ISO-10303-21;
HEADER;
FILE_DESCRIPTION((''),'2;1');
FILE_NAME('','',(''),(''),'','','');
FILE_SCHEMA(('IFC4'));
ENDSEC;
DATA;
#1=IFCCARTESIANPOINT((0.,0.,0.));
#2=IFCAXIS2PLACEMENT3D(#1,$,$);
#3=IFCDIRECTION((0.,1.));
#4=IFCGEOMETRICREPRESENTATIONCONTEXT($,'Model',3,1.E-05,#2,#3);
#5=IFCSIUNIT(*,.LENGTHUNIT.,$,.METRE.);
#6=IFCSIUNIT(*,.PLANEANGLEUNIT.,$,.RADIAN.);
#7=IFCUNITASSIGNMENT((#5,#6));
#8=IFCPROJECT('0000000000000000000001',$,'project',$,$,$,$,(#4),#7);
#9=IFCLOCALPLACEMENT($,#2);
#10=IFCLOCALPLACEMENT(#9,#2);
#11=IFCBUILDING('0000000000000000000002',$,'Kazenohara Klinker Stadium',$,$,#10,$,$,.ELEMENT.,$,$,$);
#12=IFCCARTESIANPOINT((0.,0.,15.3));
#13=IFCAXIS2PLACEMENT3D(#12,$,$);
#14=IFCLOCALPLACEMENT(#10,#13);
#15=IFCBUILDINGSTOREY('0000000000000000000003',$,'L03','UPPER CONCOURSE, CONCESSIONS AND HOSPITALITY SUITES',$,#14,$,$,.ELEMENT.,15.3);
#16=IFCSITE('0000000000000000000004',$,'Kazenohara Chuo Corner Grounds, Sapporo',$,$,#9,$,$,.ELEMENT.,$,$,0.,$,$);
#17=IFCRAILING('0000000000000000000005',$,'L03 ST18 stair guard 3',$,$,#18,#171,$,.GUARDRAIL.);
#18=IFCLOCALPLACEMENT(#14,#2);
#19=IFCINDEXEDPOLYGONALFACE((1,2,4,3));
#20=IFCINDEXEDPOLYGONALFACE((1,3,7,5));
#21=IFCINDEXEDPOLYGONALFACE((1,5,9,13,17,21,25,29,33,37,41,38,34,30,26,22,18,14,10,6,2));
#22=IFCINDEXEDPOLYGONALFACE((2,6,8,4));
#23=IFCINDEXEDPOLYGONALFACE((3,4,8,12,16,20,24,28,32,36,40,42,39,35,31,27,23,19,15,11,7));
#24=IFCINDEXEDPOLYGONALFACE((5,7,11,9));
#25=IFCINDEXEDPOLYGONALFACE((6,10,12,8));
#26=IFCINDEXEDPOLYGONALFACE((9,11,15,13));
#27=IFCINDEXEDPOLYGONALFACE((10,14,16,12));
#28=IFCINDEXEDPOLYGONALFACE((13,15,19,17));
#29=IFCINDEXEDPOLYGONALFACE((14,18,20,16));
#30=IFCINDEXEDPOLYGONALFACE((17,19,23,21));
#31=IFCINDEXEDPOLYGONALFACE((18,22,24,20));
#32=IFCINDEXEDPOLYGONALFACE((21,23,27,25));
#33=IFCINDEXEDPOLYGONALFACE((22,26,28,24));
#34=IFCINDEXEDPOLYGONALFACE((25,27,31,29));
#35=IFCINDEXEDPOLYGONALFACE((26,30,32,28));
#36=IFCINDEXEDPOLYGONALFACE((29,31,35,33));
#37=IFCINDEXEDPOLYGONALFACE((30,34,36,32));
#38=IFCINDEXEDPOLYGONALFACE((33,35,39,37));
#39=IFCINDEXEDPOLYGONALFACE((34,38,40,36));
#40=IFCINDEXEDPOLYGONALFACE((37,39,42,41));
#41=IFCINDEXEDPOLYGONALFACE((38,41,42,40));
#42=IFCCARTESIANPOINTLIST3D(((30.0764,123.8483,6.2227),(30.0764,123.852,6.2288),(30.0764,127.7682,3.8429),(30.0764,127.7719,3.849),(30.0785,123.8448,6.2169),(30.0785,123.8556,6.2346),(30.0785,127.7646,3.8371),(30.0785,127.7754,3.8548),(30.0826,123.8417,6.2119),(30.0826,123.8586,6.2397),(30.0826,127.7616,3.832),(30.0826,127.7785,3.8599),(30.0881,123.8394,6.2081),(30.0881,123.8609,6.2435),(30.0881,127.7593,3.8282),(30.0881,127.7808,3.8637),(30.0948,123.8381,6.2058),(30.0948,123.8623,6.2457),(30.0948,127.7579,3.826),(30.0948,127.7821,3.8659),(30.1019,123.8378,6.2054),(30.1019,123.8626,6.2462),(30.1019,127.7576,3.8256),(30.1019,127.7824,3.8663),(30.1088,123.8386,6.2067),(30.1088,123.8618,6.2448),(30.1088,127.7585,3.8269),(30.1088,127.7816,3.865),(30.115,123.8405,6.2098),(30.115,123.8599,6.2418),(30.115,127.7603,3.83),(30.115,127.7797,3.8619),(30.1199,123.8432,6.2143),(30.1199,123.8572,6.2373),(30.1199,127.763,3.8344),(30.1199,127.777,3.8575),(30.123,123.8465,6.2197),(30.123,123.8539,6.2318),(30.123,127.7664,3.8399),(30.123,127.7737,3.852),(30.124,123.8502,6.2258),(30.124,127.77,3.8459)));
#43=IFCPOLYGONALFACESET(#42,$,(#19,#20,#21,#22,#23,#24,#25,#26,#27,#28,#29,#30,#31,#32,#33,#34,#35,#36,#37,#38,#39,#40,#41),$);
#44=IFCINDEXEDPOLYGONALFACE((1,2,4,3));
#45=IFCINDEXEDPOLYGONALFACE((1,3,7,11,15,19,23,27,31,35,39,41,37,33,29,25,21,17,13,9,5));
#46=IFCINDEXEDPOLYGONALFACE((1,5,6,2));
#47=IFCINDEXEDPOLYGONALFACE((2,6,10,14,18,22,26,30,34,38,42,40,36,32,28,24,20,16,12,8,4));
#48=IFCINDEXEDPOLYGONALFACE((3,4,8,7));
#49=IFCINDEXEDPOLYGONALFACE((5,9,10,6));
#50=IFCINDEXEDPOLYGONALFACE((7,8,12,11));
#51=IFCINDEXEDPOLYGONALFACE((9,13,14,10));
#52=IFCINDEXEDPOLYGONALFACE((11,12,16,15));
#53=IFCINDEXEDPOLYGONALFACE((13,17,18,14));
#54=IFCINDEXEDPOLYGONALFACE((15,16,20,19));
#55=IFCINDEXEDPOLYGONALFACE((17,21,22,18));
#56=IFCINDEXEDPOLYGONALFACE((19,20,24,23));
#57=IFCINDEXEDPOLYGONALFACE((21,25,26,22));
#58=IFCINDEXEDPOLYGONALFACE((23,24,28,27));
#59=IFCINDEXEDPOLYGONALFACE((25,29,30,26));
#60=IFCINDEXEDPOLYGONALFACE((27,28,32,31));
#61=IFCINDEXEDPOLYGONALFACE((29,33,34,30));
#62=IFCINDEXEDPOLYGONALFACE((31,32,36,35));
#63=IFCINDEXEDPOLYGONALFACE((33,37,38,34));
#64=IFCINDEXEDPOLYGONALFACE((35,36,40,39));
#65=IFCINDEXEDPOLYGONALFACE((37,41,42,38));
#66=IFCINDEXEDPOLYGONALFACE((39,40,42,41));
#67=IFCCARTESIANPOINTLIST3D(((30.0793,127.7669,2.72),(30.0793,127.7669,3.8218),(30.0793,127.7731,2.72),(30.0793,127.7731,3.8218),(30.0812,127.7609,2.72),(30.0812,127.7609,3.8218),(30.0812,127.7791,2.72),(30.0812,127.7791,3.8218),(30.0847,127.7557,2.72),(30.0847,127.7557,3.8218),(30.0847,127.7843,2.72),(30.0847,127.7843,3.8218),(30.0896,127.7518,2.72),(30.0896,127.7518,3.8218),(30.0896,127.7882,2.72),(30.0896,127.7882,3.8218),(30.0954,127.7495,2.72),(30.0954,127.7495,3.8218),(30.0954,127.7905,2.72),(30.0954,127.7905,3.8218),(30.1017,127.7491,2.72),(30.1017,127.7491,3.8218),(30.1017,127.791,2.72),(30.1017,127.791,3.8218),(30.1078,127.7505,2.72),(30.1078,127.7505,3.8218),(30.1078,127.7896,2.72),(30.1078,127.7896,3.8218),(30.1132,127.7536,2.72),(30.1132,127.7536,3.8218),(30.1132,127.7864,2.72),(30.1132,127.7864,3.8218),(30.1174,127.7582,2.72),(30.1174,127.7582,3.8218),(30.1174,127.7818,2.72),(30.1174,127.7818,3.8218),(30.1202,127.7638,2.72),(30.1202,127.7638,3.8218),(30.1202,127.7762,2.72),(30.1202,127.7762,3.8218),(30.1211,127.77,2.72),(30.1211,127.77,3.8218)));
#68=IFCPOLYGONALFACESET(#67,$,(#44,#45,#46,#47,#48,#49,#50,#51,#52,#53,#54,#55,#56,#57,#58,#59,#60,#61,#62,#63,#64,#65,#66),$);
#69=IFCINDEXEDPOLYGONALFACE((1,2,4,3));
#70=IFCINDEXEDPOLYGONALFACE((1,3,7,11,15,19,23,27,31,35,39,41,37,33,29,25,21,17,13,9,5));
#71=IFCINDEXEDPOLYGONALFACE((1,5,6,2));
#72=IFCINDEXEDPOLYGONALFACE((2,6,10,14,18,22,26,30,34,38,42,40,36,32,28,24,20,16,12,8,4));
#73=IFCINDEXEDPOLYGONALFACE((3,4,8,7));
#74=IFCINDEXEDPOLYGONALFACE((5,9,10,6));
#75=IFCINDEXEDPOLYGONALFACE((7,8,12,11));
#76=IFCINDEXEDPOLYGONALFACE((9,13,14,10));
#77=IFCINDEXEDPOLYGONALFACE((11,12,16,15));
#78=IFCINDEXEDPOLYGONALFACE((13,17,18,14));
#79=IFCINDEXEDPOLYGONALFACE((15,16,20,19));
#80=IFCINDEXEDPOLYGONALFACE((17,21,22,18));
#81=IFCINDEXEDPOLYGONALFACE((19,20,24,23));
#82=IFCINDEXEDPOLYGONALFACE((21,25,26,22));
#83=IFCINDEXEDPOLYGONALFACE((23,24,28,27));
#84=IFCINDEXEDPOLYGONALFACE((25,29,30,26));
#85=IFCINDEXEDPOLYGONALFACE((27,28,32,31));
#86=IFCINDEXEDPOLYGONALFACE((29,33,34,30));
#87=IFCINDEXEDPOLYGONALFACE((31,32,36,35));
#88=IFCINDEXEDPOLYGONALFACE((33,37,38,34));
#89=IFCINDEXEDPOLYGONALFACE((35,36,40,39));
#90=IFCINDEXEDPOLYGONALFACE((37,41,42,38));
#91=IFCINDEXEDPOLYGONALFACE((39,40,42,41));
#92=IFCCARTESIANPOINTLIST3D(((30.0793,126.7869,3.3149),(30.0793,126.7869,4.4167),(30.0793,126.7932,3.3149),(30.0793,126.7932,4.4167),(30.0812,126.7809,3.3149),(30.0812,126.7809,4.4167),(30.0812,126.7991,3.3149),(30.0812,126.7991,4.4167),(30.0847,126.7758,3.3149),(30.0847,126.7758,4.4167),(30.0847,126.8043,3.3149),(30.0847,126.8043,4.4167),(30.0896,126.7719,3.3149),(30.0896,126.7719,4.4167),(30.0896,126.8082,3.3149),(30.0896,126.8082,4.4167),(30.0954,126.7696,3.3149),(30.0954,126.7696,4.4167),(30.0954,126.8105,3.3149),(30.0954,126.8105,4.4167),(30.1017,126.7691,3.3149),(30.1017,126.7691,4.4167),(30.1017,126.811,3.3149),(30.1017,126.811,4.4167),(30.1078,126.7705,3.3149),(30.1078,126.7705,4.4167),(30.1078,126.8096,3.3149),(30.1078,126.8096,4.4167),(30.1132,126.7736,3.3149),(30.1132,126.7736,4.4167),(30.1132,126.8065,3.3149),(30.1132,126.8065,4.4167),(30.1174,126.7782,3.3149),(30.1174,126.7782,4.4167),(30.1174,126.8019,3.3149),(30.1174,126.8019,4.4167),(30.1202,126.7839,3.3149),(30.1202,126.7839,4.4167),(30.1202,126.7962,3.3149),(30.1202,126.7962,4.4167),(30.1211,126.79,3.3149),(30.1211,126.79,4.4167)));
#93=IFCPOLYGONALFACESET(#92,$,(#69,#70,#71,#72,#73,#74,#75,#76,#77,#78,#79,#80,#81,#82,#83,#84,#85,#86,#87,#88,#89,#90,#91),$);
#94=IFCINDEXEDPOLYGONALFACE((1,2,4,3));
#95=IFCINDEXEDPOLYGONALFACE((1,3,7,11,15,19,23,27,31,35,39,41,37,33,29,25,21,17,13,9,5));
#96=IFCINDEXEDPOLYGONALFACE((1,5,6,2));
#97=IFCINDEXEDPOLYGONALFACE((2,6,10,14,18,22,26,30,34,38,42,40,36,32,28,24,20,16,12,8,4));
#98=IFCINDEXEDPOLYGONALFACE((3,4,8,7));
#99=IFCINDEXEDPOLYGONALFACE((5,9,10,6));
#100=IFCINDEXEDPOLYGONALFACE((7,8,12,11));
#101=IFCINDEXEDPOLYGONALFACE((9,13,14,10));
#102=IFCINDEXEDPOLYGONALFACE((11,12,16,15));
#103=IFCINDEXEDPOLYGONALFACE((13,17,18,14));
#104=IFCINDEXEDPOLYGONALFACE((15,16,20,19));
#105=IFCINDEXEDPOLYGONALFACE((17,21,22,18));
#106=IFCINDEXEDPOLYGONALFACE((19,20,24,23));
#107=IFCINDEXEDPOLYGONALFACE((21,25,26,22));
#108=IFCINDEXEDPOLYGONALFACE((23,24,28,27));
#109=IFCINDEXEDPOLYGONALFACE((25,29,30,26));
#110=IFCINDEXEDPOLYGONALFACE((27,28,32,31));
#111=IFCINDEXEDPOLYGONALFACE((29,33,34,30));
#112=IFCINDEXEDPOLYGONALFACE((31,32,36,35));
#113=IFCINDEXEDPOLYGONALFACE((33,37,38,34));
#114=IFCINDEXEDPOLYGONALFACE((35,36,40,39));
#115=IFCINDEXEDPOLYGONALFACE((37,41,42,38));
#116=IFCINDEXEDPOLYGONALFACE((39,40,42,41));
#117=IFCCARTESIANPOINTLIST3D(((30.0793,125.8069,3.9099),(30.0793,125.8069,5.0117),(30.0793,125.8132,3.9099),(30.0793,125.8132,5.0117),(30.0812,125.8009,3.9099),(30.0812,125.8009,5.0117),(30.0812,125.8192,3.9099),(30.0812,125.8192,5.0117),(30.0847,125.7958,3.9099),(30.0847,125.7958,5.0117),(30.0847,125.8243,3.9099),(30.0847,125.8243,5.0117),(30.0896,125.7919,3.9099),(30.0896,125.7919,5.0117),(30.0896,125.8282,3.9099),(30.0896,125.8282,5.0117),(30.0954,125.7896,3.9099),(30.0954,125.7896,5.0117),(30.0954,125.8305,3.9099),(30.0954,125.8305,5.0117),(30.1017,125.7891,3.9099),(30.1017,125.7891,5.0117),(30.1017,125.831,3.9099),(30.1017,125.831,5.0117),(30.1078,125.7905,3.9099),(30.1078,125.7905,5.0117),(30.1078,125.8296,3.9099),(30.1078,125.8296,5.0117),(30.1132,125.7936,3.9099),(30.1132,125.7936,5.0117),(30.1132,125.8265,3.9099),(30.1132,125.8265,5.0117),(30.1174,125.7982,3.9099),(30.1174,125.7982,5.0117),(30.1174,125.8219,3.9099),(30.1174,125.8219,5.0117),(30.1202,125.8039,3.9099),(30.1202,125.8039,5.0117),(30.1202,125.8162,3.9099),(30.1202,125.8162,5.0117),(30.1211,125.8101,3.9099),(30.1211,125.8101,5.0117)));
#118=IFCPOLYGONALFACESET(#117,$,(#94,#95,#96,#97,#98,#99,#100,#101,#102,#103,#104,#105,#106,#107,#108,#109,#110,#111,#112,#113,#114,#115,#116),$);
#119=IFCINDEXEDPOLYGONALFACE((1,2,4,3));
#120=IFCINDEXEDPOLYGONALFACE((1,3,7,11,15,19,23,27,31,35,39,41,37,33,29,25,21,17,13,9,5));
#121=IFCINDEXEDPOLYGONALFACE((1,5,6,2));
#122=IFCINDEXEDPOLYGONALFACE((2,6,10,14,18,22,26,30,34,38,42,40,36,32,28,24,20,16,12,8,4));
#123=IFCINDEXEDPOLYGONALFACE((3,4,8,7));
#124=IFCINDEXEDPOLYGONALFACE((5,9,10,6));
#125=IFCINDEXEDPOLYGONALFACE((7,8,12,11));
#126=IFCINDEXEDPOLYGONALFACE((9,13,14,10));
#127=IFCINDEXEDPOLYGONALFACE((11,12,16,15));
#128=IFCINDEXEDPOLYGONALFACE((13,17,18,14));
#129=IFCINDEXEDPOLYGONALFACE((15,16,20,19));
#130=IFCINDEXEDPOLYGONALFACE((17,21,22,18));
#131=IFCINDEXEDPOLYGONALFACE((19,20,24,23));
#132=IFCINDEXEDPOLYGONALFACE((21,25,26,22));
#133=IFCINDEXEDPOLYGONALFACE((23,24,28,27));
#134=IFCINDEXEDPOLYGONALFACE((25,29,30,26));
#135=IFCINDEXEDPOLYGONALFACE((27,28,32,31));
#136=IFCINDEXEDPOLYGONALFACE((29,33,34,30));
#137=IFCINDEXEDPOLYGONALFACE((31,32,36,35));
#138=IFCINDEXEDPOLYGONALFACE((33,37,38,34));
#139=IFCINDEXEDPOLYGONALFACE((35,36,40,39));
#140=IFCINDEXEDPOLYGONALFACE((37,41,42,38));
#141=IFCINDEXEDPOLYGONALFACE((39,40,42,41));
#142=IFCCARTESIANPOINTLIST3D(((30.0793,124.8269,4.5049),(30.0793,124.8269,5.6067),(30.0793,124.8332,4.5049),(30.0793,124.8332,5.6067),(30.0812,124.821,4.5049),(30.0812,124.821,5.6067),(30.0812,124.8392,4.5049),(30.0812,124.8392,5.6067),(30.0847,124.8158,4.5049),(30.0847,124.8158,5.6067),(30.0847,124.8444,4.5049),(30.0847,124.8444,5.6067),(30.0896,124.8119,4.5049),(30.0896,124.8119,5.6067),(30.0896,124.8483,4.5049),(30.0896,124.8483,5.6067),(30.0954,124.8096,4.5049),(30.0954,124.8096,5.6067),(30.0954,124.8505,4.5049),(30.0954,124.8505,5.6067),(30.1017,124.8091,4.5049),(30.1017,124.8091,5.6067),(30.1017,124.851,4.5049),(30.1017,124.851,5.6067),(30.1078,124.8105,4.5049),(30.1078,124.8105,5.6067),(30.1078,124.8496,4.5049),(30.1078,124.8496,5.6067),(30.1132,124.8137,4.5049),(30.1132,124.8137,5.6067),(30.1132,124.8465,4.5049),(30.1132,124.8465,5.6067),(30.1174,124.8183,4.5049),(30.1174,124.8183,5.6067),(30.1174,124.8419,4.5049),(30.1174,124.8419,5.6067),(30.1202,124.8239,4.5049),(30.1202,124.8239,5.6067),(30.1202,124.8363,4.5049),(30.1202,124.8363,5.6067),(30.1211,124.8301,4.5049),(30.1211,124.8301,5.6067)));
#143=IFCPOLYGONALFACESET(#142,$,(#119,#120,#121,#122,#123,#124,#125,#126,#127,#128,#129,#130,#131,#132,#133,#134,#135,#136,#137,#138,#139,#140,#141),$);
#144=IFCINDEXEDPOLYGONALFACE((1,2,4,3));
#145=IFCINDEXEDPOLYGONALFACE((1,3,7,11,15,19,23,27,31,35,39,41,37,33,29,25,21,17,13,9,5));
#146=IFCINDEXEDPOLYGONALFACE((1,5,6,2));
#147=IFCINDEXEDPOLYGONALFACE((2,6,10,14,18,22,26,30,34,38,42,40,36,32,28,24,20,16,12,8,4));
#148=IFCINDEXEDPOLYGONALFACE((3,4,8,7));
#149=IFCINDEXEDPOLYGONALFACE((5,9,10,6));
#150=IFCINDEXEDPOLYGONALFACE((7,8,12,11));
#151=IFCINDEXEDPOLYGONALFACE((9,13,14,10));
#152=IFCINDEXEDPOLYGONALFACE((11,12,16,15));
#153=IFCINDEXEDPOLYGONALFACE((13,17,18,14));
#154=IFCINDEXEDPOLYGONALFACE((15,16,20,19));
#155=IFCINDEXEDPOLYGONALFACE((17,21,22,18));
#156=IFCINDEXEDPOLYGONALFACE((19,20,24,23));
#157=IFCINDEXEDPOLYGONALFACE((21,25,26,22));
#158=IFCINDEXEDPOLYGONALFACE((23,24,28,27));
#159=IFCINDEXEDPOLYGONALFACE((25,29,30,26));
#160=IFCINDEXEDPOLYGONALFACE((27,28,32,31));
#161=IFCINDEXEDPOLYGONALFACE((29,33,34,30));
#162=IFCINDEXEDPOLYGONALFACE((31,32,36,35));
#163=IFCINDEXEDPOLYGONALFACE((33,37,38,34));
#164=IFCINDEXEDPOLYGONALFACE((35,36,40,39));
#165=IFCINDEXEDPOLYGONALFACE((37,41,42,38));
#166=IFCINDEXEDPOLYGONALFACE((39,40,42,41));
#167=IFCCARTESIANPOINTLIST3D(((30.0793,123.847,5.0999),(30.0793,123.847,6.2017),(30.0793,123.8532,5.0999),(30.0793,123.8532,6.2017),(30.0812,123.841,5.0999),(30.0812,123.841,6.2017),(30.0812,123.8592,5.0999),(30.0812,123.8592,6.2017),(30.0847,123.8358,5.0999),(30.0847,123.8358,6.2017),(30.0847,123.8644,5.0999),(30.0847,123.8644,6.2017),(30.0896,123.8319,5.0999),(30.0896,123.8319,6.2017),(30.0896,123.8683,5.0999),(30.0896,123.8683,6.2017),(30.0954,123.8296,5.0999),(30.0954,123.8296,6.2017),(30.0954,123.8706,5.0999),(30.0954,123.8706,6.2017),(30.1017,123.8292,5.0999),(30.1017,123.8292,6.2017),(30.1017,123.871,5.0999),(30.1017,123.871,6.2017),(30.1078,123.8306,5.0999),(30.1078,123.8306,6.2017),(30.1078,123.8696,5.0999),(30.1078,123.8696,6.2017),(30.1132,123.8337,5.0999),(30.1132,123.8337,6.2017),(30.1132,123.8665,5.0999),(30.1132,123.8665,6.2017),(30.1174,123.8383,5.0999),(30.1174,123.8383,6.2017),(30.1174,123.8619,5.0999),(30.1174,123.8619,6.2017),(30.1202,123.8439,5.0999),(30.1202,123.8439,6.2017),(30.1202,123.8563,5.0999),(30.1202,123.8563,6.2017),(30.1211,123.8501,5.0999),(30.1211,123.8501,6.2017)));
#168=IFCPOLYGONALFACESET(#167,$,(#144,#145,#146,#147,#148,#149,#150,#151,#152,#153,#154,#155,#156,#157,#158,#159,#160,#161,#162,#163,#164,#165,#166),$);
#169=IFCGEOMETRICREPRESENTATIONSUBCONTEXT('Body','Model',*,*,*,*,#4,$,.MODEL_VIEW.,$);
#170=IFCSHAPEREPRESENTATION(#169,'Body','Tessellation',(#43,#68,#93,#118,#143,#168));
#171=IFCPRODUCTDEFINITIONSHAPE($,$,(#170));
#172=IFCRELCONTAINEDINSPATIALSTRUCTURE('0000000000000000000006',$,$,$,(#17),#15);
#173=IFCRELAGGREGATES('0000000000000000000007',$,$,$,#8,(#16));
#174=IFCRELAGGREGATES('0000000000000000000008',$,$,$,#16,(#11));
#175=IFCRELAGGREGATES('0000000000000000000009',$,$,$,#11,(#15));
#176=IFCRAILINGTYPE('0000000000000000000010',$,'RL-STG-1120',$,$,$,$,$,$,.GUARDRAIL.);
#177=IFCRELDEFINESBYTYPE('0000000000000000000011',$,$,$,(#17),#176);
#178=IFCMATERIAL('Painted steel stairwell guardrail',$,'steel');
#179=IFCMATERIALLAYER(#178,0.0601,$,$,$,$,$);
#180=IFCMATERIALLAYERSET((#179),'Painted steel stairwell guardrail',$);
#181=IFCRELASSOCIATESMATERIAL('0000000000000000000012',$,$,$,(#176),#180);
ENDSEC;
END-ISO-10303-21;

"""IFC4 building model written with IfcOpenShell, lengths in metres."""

from ifc_helpers import new_model, si_unit, direction, frame, origin, origin_2d, place, context, subcontext, project, spatial, circle, extrude, material, layer, layer_set, type_object, element, save


model = new_model("IFC4")

# Units and contexts
model_context = context("Model", 3, precision=1e-05, world=origin(), true_north=direction((0.0, 1.0)))
body_context = subcontext(model_context, "Body", "Model", "MODEL_VIEW")
ifc_project = project(units=[si_unit("LENGTHUNIT", "METRE"), si_unit("PLANEANGLEUNIT", "RADIAN")], contexts=[model_context])

# Site, building, storey
site_placement = place(None, origin())
site = spatial("IfcSite", under=ifc_project, at=site_placement, Name="Kazenohara Chuo Corner Grounds, Sapporo", CompositionType="ELEMENT", RefElevation=0.0)
building_placement = place(site_placement, origin())
building = spatial("IfcBuilding", under=site, at=building_placement, Name="Kazenohara Klinker Stadium", CompositionType="ELEMENT")
storey_placement = place(building_placement, frame((0.0, 0.0, 15.3)))
storey = spatial("IfcBuildingStorey", under=building, at=storey_placement, Name="L03", Description="UPPER CONCOURSE, CONCESSIONS AND HOSPITALITY SUITES", CompositionType="ELEMENT", Elevation=15.3)

# Railing
ifc_material_1 = material(Name="Painted steel stairwell guardrail", Category="steel")
ifc_layer_1 = layer(ifc_material_1, 0.0601)
ifc_layer_set_1 = layer_set([ifc_layer_1], Name="Painted steel stairwell guardrail")
railing_type_1 = type_object("IfcRailingType", Name="RL-STG-1120", PredefinedType="GUARDRAIL", material=ifc_layer_set_1)
railing_1_placement = place(storey_placement, frame((30.1001, 127.77, 2.72)))
element("IfcRailing", 1, at=railing_1_placement, inside=storey, type_object=railing_type_1, Name="L03 ST18 stair guard 3", PredefinedType="GUARDRAIL", context=body_context, shape_type="SweptSolid", body=[
    extrude(circle(Radius=0.0239, at=origin_2d()), frame((0.0, 0.0, 1.126), z_axis=(0.0, -0.854794, 0.518967), x_axis=(1.0, 0.0, 0.0)), (0.0, 0.0, 1.0), 4.5857),
    extrude(circle(Radius=0.021, at=origin_2d()), origin(), (0.0, 0.0, 1.0), 1.1018),
    extrude(circle(Radius=0.021, at=origin_2d()), frame((0.0, -0.98, 0.595)), (0.0, 0.0, 1.0), 1.1018),
    extrude(circle(Radius=0.021, at=origin_2d()), frame((0.0, -1.96, 1.1899)), (0.0, 0.0, 1.0), 1.1018),
    extrude(circle(Radius=0.021, at=origin_2d()), frame((0.0, -2.9399, 1.7849)), (0.0, 0.0, 1.0), 1.1018),
    extrude(circle(Radius=0.021, at=origin_2d()), frame((0.0, -3.9199, 2.3799)), (0.0, 0.0, 1.0), 1.1018),
])

save(model, "model.ifc")
